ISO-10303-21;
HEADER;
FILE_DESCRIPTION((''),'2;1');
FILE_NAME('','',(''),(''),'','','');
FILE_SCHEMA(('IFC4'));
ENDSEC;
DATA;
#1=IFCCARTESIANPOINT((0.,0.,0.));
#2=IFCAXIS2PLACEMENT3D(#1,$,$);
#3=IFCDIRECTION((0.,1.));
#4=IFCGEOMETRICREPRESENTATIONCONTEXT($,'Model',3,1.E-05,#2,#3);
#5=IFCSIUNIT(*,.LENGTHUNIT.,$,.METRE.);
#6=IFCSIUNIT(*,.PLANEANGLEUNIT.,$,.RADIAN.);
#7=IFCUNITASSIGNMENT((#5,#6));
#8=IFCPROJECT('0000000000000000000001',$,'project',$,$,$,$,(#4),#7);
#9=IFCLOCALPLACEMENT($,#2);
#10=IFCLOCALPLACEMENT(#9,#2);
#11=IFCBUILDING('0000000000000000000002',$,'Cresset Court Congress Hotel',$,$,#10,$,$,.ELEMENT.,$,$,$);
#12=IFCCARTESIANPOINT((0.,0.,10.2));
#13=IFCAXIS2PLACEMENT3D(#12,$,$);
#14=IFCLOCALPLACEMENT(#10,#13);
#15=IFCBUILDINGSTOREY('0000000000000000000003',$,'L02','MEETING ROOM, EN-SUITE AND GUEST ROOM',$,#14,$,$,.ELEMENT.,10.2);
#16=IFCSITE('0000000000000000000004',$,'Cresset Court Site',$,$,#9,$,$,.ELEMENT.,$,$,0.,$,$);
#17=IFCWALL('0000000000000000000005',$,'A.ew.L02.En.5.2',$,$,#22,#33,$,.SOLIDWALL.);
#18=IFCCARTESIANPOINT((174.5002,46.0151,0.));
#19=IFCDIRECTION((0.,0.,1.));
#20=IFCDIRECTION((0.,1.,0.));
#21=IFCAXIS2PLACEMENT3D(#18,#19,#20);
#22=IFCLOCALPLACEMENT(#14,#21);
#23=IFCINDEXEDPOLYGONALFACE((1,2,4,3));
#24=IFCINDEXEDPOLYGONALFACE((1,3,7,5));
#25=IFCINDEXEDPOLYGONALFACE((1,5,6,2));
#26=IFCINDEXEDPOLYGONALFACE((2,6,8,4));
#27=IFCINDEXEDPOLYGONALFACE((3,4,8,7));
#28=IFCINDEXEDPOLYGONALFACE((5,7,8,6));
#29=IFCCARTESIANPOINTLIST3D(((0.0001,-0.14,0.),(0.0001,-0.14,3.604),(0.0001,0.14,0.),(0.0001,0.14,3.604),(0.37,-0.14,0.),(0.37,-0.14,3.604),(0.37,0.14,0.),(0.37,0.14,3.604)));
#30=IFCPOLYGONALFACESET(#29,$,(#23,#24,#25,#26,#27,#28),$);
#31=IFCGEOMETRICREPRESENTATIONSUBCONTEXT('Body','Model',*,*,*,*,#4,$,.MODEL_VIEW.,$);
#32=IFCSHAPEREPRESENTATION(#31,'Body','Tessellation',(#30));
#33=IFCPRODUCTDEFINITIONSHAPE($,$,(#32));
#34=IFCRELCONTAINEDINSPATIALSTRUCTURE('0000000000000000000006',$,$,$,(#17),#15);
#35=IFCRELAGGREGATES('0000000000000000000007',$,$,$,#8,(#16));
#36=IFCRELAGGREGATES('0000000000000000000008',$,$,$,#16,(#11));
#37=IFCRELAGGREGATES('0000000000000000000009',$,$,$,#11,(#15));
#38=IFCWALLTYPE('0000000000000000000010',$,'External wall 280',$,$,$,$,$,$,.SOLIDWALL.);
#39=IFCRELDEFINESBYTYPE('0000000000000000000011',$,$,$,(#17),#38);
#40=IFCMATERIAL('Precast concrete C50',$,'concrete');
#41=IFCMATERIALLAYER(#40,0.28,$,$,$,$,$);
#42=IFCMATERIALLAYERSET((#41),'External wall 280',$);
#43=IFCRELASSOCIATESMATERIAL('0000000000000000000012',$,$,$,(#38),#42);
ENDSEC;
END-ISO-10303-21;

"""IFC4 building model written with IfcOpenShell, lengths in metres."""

from ifc_helpers import new_model, si_unit, direction, frame, frame_2d, origin, place, context, subcontext, project, spatial, rectangle, extrude, material, layer, layer_set, type_object, element, save


model = new_model("IFC4")

# Units and contexts
model_context = context("Model", 3, precision=1e-05, world=origin(), true_north=direction((0.0, 1.0)))
body_context = subcontext(model_context, "Body", "Model", "MODEL_VIEW")
ifc_project = project(units=[si_unit("LENGTHUNIT", "METRE"), si_unit("PLANEANGLEUNIT", "RADIAN")], contexts=[model_context])

# Site, building, storey
site_placement = place(None, origin())
site = spatial("IfcSite", under=ifc_project, at=site_placement, Name="Cresset Court Site", CompositionType="ELEMENT", RefElevation=0.0)
building_placement = place(site_placement, origin())
building = spatial("IfcBuilding", under=site, at=building_placement, Name="Cresset Court Congress Hotel", CompositionType="ELEMENT")
storey_placement = place(building_placement, frame((0.0, 0.0, 10.2)))
storey = spatial("IfcBuildingStorey", under=building, at=storey_placement, Name="L02", Description="MEETING ROOM, EN-SUITE AND GUEST ROOM", CompositionType="ELEMENT", Elevation=10.2)

# Shared definitions
ifc_material_1 = material(Name="Precast concrete C50", Category="concrete")
ifc_layer_1 = layer(ifc_material_1, 0.28)
ifc_layer_set_1 = layer_set([ifc_layer_1], Name="External wall 280")
wall_type_1 = type_object("IfcWallType", Name="External wall 280", PredefinedType="SOLIDWALL", material=ifc_layer_set_1)

# Wall
wall_1_placement = place(storey_placement, frame((174.5002, 46.0151, 0.0), z_axis=(0.0, 0.0, 1.0), x_axis=(0.0, 1.0, 0.0)))
element("IfcWall", 1, at=wall_1_placement, inside=storey, type_object=wall_type_1, Name="A.ew.L02.En.5.2", PredefinedType="SOLIDWALL", context=body_context, shape_type="SweptSolid", body=[
    extrude(rectangle(XDim=0.3699, YDim=0.28, at=frame_2d((0.1851, 0.0))), origin(), (0.0, 0.0, 1.0), 3.604),
])

save(model, "model.ifc")
